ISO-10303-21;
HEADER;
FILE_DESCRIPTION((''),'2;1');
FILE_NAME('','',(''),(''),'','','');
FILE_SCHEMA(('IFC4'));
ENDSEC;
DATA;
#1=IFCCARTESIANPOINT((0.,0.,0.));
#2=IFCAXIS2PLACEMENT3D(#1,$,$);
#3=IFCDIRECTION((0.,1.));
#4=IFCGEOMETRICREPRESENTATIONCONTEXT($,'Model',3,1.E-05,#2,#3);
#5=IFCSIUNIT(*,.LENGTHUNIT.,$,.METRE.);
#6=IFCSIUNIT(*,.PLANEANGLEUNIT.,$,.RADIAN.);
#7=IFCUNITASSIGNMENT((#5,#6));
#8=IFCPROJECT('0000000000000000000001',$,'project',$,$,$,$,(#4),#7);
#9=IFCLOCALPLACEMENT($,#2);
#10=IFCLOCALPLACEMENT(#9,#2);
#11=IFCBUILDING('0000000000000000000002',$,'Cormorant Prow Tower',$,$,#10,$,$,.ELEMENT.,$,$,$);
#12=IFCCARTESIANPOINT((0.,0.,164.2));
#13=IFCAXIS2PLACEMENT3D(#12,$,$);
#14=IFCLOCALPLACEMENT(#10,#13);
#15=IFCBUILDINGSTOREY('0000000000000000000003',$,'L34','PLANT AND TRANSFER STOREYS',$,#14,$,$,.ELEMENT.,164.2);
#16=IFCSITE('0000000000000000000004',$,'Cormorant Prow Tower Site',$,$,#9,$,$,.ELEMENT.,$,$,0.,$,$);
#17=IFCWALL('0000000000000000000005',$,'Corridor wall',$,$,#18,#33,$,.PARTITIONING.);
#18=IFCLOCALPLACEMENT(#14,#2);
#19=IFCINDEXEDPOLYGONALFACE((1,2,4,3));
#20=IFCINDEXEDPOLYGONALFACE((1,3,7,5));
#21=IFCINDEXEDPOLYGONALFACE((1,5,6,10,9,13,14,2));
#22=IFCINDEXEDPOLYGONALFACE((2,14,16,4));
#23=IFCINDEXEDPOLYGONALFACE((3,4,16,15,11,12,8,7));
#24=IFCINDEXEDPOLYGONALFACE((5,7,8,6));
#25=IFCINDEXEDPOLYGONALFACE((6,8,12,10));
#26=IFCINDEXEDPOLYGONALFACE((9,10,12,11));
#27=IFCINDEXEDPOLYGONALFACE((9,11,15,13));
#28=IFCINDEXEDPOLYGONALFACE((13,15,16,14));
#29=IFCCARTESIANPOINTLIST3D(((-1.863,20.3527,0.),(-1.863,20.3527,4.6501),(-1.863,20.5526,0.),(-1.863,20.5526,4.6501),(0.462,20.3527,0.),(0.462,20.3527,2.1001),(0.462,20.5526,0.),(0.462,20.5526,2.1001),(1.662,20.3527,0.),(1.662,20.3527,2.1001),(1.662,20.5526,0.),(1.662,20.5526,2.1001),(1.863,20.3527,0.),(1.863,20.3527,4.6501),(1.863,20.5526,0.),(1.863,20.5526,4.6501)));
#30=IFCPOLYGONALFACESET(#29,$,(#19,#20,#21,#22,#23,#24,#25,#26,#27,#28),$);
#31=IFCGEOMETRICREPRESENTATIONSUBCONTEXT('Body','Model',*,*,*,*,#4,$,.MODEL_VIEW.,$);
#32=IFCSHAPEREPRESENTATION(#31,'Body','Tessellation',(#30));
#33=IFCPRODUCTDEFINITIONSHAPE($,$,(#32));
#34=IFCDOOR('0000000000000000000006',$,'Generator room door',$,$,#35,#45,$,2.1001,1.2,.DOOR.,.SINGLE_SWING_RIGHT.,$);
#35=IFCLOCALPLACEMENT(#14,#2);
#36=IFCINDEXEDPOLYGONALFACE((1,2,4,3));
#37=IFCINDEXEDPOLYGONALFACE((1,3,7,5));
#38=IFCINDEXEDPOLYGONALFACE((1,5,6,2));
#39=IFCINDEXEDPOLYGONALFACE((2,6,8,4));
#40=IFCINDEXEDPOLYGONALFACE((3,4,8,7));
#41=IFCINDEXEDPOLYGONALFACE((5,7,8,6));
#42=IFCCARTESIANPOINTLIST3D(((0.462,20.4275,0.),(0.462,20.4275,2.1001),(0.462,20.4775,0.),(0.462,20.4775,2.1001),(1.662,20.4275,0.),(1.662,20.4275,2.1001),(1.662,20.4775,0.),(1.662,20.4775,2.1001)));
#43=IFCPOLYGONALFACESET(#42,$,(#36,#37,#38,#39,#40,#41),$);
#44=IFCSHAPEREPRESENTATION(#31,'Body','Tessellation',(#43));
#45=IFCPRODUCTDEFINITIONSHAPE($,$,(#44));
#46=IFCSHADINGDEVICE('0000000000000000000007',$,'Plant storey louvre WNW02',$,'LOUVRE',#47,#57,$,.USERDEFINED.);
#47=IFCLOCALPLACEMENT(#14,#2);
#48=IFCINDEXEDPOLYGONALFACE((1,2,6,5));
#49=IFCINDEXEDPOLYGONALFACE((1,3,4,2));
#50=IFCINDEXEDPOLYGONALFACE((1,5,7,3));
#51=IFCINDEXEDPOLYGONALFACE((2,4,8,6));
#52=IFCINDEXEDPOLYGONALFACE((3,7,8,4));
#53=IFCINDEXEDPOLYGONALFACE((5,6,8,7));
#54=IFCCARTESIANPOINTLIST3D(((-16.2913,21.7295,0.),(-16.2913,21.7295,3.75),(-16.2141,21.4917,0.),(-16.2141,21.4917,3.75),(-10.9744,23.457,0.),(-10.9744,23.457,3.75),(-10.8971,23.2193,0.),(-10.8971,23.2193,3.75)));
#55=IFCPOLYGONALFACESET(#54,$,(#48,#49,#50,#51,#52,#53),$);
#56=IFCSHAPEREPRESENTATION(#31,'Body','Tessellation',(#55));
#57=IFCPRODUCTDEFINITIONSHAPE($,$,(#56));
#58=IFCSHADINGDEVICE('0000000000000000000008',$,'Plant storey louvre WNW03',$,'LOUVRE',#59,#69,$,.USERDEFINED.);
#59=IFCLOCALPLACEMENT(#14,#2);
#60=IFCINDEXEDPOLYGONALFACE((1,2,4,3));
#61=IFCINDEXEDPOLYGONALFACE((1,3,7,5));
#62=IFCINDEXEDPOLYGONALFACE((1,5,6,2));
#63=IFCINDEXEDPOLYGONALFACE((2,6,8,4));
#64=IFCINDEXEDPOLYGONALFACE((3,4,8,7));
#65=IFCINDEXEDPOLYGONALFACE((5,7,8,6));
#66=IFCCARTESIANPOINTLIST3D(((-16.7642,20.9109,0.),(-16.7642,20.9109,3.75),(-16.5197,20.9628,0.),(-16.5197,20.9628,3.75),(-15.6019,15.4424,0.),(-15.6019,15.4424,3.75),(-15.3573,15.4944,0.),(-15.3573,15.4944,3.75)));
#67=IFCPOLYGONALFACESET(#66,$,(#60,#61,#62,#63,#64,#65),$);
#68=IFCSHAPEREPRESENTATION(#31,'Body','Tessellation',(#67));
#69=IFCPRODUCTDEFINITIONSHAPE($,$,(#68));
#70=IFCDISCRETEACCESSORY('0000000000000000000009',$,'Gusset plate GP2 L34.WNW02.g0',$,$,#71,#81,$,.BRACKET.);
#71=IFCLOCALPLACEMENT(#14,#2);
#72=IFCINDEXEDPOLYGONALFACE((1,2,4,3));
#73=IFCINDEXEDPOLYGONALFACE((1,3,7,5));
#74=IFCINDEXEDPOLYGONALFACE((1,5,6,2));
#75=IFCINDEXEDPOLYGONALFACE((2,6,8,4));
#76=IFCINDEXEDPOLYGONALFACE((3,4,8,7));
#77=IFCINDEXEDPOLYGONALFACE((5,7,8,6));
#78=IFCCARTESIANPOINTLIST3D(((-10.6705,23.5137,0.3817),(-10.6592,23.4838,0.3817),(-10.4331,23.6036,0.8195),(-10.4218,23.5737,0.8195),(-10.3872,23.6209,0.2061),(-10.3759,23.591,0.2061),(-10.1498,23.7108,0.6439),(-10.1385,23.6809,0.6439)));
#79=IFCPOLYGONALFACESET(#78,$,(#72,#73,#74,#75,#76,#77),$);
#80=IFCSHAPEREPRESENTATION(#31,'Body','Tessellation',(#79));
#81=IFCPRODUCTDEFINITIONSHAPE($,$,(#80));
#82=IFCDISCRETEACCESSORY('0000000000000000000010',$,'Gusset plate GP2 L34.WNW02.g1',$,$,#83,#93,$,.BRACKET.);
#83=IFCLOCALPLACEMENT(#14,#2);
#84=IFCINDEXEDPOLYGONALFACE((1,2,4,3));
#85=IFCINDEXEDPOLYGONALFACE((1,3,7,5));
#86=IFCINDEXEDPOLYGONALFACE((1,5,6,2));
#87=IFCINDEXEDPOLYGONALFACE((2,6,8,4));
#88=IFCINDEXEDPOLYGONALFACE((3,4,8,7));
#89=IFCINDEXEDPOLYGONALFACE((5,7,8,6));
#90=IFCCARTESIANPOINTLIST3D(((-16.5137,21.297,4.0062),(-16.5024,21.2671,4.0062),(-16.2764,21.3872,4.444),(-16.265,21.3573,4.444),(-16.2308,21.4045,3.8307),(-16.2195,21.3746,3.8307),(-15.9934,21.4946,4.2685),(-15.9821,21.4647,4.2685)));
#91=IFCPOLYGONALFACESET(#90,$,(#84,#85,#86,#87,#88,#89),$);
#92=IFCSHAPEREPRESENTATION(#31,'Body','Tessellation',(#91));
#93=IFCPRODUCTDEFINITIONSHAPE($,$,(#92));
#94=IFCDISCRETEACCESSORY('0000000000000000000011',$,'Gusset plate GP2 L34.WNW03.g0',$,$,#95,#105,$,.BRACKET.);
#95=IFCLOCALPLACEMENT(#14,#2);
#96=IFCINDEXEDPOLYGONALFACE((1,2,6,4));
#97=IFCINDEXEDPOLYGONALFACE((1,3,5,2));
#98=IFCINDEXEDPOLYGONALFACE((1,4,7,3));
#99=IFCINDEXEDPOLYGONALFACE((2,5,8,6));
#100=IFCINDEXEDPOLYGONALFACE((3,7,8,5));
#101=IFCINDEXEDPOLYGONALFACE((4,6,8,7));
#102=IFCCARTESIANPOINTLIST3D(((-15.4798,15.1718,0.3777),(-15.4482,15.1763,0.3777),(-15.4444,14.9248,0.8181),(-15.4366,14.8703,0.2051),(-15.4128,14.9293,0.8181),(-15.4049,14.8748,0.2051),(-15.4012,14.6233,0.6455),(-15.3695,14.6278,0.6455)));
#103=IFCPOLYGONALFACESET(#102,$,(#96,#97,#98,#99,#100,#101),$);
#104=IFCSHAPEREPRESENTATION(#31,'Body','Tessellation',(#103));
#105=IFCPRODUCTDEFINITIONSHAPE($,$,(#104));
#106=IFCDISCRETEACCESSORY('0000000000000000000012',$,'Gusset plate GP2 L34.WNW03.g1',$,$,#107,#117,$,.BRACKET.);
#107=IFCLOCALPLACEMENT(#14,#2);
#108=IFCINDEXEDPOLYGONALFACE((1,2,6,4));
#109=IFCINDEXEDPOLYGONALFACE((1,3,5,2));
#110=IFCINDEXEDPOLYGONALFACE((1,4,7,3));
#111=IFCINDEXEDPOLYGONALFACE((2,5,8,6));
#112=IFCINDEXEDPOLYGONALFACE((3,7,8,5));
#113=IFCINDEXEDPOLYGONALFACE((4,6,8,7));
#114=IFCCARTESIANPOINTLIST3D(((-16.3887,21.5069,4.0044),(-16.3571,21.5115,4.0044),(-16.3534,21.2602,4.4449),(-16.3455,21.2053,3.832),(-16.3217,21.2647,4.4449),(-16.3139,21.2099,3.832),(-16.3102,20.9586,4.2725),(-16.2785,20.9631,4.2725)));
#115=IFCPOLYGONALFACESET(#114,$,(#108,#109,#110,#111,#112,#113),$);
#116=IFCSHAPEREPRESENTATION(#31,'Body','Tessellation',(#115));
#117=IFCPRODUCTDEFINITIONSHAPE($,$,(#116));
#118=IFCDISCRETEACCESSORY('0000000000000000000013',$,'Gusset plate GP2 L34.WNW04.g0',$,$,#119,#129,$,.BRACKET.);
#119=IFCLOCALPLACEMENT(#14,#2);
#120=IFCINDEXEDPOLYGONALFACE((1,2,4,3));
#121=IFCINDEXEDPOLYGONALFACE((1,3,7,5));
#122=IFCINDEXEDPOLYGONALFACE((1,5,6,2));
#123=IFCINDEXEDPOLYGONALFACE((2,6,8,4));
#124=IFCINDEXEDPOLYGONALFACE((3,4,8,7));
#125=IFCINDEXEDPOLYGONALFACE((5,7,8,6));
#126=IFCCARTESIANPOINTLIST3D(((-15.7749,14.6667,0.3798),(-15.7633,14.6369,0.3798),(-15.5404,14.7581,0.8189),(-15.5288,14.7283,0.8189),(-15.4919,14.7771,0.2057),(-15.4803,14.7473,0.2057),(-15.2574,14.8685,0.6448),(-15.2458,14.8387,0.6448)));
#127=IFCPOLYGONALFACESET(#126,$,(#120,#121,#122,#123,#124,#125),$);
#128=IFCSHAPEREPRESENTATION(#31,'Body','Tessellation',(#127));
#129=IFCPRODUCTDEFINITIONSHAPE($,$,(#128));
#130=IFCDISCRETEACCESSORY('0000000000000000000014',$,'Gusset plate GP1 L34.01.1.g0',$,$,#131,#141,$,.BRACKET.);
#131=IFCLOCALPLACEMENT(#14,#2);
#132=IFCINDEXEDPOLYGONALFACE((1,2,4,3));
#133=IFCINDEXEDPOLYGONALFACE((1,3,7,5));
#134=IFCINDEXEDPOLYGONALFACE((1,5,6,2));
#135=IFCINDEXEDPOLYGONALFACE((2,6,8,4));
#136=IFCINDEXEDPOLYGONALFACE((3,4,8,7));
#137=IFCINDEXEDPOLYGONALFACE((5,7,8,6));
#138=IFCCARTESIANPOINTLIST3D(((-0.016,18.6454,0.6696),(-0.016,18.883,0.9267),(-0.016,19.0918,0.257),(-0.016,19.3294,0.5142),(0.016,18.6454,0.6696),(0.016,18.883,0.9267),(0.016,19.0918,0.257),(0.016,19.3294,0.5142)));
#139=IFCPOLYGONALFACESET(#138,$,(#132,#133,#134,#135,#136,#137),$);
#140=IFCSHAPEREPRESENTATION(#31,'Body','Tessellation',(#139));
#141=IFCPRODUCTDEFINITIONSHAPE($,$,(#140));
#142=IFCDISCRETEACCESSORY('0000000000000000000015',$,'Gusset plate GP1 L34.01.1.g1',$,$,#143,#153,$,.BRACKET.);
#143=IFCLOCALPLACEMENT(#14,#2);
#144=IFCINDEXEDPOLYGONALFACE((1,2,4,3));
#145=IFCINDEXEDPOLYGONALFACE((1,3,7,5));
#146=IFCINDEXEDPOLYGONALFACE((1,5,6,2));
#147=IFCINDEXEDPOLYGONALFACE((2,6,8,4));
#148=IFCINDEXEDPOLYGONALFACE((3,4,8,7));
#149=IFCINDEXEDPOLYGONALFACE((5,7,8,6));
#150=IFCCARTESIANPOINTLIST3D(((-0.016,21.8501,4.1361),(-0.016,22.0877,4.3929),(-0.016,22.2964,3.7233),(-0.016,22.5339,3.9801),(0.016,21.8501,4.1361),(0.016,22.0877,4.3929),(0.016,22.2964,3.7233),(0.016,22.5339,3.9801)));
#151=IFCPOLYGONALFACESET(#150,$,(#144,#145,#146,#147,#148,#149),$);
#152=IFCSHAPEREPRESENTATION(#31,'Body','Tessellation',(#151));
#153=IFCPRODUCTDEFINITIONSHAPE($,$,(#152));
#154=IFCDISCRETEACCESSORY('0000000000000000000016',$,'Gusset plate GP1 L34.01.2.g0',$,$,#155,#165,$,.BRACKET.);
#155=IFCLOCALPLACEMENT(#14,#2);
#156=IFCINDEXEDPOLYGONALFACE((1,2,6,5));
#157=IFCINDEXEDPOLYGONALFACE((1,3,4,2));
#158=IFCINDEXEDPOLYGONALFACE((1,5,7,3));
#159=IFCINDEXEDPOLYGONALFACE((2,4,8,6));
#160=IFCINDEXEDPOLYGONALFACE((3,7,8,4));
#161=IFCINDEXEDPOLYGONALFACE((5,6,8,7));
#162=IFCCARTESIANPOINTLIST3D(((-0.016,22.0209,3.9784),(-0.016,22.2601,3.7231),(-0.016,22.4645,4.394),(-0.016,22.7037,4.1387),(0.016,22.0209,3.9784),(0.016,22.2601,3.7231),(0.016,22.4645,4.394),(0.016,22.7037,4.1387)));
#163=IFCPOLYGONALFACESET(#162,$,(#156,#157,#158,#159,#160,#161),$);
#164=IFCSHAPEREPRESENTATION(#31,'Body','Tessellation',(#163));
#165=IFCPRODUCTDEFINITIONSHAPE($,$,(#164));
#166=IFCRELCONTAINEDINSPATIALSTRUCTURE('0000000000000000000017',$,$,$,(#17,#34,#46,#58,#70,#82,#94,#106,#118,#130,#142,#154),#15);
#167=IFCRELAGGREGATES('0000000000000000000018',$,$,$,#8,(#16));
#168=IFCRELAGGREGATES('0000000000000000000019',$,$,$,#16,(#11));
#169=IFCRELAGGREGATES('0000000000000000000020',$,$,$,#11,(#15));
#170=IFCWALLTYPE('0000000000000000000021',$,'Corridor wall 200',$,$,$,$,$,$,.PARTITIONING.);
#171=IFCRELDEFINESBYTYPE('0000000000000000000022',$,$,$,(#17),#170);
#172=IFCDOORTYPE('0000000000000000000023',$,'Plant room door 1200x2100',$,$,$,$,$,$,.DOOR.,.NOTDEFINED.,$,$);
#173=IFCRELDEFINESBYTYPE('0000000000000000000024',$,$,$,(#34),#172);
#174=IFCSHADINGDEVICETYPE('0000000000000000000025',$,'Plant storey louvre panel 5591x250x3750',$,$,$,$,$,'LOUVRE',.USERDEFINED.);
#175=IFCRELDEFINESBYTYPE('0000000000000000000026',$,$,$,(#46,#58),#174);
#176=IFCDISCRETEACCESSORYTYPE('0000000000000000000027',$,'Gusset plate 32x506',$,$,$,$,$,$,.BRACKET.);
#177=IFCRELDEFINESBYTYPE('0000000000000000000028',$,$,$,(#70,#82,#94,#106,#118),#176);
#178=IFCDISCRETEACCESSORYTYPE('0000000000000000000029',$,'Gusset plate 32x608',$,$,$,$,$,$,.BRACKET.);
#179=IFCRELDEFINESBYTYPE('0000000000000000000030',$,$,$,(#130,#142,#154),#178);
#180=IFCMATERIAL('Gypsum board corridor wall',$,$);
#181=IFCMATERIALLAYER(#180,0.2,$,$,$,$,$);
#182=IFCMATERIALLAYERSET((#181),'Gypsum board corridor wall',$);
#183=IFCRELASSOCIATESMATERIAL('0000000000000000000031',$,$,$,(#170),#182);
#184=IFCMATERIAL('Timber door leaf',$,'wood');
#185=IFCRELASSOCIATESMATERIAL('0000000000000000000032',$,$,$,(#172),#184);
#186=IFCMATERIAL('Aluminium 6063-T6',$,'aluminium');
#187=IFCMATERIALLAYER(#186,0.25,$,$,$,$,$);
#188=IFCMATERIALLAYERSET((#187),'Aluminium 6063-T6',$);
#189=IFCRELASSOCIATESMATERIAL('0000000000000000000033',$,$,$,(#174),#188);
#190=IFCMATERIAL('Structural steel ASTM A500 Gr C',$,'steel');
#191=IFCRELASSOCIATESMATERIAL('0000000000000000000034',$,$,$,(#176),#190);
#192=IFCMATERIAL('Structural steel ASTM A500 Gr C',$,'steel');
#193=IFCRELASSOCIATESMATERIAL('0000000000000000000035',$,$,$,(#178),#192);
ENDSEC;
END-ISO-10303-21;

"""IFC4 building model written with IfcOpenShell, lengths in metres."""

from ifc_helpers import new_model, si_unit, direction, frame, frame_2d, origin, origin_2d, place, context, subcontext, project, spatial, rectangle, extrude, material, layer, layer_set, material_profile, profile_set, type_object, element, fill, save


model = new_model("IFC4")

# Units and contexts
model_context = context("Model", 3, precision=1e-05, world=origin(), true_north=direction((0.0, 1.0)))
body_context = subcontext(model_context, "Body", "Model", "MODEL_VIEW")
ifc_project = project(units=[si_unit("LENGTHUNIT", "METRE"), si_unit("PLANEANGLEUNIT", "RADIAN")], contexts=[model_context])

# Site, building, storey
site_placement = place(None, origin())
site = spatial("IfcSite", under=ifc_project, at=site_placement, Name="Cormorant Prow Tower Site", CompositionType="ELEMENT", RefElevation=0.0)
building_placement = place(site_placement, origin())
building = spatial("IfcBuilding", under=site, at=building_placement, Name="Cormorant Prow Tower", CompositionType="ELEMENT")
storey_placement = place(building_placement, frame((0.0, 0.0, 164.2)))
storey = spatial("IfcBuildingStorey", under=building, at=storey_placement, Name="L34", Description="PLANT AND TRANSFER STOREYS", CompositionType="ELEMENT", Elevation=164.2)

# Shared definitions
ifc_material_1 = material(Name="Gypsum board corridor wall")
ifc_layer_1 = layer(ifc_material_1, 0.2)
ifc_layer_set_1 = layer_set([ifc_layer_1], Name="Gypsum board corridor wall")
wall_type_1 = type_object("IfcWallType", Name="Corridor wall 200", PredefinedType="PARTITIONING", material=ifc_layer_set_1)

# Wall, opening, door
wall_1_placement = place(storey_placement, frame((-1.863, 20.4526, 0.0), z_axis=(0.0, 0.0, 1.0), x_axis=(1.0, 0.0, 0.0)))
wall_1 = element("IfcWall", 1, at=wall_1_placement, inside=storey, type_object=wall_type_1, Name="Corridor wall", PredefinedType="PARTITIONING", context=body_context, shape_type="SweptSolid", body=[
    extrude(rectangle(XDim=3.7261, YDim=0.2, at=frame_2d((1.863, 0.0))), origin(), (0.0, 0.0, 1.0), 4.6501),
])
opening_placement = place(wall_1_placement, frame((2.325, 0.0, 0.0)))
opening = element("IfcOpeningElement", 2, at=opening_placement, cuts=wall_1, PredefinedType="OPENING", context=body_context, shape_type="SweptSolid", body=[
    extrude(rectangle(XDim=1.2, YDim=2.1001, at=frame_2d((0.6001, 1.05))), frame((0.0, 0.1099, 0.0), z_axis=(0.0, -1.0, 0.0), x_axis=(1.0, 0.0, 0.0)), (0.0, 0.0, 1.0), 0.22),
])
ifc_material_2 = material(Name="Timber door leaf", Category="wood")
door_type = type_object("IfcDoorType", Name="Plant room door 1200x2100", OperationType="NOTDEFINED", PredefinedType="DOOR", material=ifc_material_2)
door_placement = place(opening_placement, origin())
door = element("IfcDoor", 3, at=door_placement, inside=storey, type_object=door_type, Name="Generator room door", OperationType="SINGLE_SWING_RIGHT", OverallHeight=2.1001, OverallWidth=1.2, PredefinedType="DOOR", context=body_context, shape_type="SweptSolid", body=[
    extrude(rectangle(XDim=1.2, YDim=2.1001, at=frame_2d((0.6001, 1.05))), frame((0.0, 0.0249, 0.0), z_axis=(0.0, -1.0, 0.0), x_axis=(1.0, 0.0, 0.0)), (0.0, 0.0, 1.0), 0.05),
])
fill(opening, door)

# Shading devices
ifc_material_3 = material(Name="Aluminium 6063-T6", Category="aluminium")
ifc_layer_2 = layer(ifc_material_3, 0.25)
ifc_layer_set_2 = layer_set([ifc_layer_2], Name="Aluminium 6063-T6")
shading_device_type = type_object("IfcShadingDeviceType", Name="Plant storey louvre panel 5591x250x3750", ElementType="LOUVRE", PredefinedType="USERDEFINED", material=ifc_layer_set_2)
for number, where, z_axis, x_axis, name in (
    (4, (-13.5942, 22.4744, 0.0), (0.0, 0.0, 1.0), (-0.951056, -0.309017, 0.0), "Plant storey louvre WNW02"),
    (5, (-16.0608, 18.2026, 0.0), (0.0, 0.0, 1.0), (0.207912, -0.978148, 0.0), "Plant storey louvre WNW03"),
):
    element("IfcShadingDevice", number, at=place(storey_placement, frame(where, z_axis=z_axis, x_axis=x_axis)), inside=storey, type_object=shading_device_type, Name=name, ObjectType="LOUVRE", PredefinedType="USERDEFINED", context=body_context, shape_type="SweptSolid", body=[
        extrude(rectangle(XDim=5.5906, YDim=0.25, at=origin_2d()), origin(), (0.0, 0.0, 1.0), 3.75),
    ])

# Discrete accessories
ifc_material_4 = material(Name="Structural steel ASTM A500 Gr C", Category="steel")
ifc_material_profile_1 = material_profile(ifc_material_4, rectangle(XDim=0.032, YDim=0.5061, at=origin_2d()), Name="Gusset plate 32x506")
ifc_profile_set_1 = profile_set([ifc_material_profile_1], Name="Structural steel ASTM A500 Gr C")
discrete_accessory_type_1 = type_object("IfcDiscreteAccessoryType", Name="Gusset plate 32x506", PredefinedType="BRACKET", material=ifc_profile_set_1)
discrete_accessory_1_placement = place(storey_placement, frame((-10.5461, 23.5437, 0.6006), z_axis=(0.809137, 0.306217, -0.501526), x_axis=(-0.353949, 0.935265, 0.0)))
element("IfcDiscreteAccessory", 6, at=discrete_accessory_1_placement, inside=storey, type_object=discrete_accessory_type_1, Name="Gusset plate GP2 L34.WNW02.g0", PredefinedType="BRACKET", context=body_context, shape_type="SweptSolid", body=[
    extrude(rectangle(XDim=0.032, YDim=0.5061, at=origin_2d()), origin(), (0.0, 0.0, 1.0), 0.3501),
])
discrete_accessory_2_placement = place(storey_placement, frame((-16.1064, 21.4346, 4.0496), z_axis=(-0.808723, -0.307022, 0.501701), x_axis=(0.354922, -0.934896, 0.0)))
element("IfcDiscreteAccessory", 7, at=discrete_accessory_2_placement, inside=storey, type_object=discrete_accessory_type_1, Name="Gusset plate GP2 L34.WNW02.g1", PredefinedType="BRACKET", context=body_context, shape_type="SweptSolid", body=[
    extrude(rectangle(XDim=0.032, YDim=0.5061, at=origin_2d()), origin(), (0.0, 0.0, 1.0), 0.3499),
])
for number, where, z_axis, x_axis, name in (
    (8, (-15.4463, 15.0505, 0.5979), (0.12343, -0.861217, -0.493021), (0.989885, 0.14187, 0.0), "Gusset plate GP2 L34.WNW03.g0"),
    (9, (-16.312, 21.0842, 4.0522), (-0.123472, 0.861514, 0.492493), (-0.989885, -0.14187, 0.0), "Gusset plate GP2 L34.WNW03.g1"),
    (10, (-15.6519, 14.6975, 0.5994), (0.808308, 0.315233, -0.497259), (-0.363338, 0.931657, 0.0), "Gusset plate GP2 L34.WNW04.g0"),
):
    element("IfcDiscreteAccessory", number, at=place(storey_placement, frame(where, z_axis=z_axis, x_axis=x_axis)), inside=storey, type_object=discrete_accessory_type_1, Name=name, PredefinedType="BRACKET", context=body_context, shape_type="SweptSolid", body=[
        extrude(rectangle(XDim=0.032, YDim=0.5061, at=origin_2d()), origin(), (0.0, 0.0, 1.0), 0.3501),
    ])
ifc_material_5 = material(Name="Structural steel ASTM A500 Gr C", Category="steel")
ifc_material_profile_2 = material_profile(ifc_material_5, rectangle(XDim=0.032, YDim=0.6079, at=origin_2d()), Name="Gusset plate 32x608")
ifc_profile_set_2 = profile_set([ifc_material_profile_2], Name="Structural steel ASTM A500 Gr C")
discrete_accessory_type_2 = type_object("IfcDiscreteAccessoryType", Name="Gusset plate 32x608", PredefinedType="BRACKET", material=ifc_profile_set_2)
discrete_accessory_3_placement = place(storey_placement, frame((0.0, 19.1062, 0.7205), z_axis=(0.0, -0.678657, -0.734456), x_axis=(1.0, 0.0, 0.0)))
element("IfcDiscreteAccessory", 11, at=discrete_accessory_3_placement, inside=storey, type_object=discrete_accessory_type_2, Name="Gusset plate GP1 L34.01.1.g0", PredefinedType="BRACKET", context=body_context, shape_type="SweptSolid", body=[
    extrude(rectangle(XDim=0.032, YDim=0.6079, at=origin_2d()), origin(), (0.0, 0.0, 1.0), 0.3501),
])
for number, where, z_axis, x_axis, name in (
    (12, (0.0, 22.0732, 3.9297), (0.0, 0.679004, 0.734134), (-1.0, 0.0, 0.0), "Gusset plate GP1 L34.01.1.g1"),
    (13, (0.0, 22.4819, 3.9309), (0.0, -0.683709, 0.729755), (1.0, 0.0, 0.0), "Gusset plate GP1 L34.01.2.g0"),
):
    element("IfcDiscreteAccessory", number, at=place(storey_placement, frame(where, z_axis=z_axis, x_axis=x_axis)), inside=storey, type_object=discrete_accessory_type_2, Name=name, PredefinedType="BRACKET", context=body_context, shape_type="SweptSolid", body=[
        extrude(rectangle(XDim=0.032, YDim=0.6079, at=origin_2d()), origin(), (0.0, 0.0, 1.0), 0.3499),
    ])

save(model, "model.ifc")
